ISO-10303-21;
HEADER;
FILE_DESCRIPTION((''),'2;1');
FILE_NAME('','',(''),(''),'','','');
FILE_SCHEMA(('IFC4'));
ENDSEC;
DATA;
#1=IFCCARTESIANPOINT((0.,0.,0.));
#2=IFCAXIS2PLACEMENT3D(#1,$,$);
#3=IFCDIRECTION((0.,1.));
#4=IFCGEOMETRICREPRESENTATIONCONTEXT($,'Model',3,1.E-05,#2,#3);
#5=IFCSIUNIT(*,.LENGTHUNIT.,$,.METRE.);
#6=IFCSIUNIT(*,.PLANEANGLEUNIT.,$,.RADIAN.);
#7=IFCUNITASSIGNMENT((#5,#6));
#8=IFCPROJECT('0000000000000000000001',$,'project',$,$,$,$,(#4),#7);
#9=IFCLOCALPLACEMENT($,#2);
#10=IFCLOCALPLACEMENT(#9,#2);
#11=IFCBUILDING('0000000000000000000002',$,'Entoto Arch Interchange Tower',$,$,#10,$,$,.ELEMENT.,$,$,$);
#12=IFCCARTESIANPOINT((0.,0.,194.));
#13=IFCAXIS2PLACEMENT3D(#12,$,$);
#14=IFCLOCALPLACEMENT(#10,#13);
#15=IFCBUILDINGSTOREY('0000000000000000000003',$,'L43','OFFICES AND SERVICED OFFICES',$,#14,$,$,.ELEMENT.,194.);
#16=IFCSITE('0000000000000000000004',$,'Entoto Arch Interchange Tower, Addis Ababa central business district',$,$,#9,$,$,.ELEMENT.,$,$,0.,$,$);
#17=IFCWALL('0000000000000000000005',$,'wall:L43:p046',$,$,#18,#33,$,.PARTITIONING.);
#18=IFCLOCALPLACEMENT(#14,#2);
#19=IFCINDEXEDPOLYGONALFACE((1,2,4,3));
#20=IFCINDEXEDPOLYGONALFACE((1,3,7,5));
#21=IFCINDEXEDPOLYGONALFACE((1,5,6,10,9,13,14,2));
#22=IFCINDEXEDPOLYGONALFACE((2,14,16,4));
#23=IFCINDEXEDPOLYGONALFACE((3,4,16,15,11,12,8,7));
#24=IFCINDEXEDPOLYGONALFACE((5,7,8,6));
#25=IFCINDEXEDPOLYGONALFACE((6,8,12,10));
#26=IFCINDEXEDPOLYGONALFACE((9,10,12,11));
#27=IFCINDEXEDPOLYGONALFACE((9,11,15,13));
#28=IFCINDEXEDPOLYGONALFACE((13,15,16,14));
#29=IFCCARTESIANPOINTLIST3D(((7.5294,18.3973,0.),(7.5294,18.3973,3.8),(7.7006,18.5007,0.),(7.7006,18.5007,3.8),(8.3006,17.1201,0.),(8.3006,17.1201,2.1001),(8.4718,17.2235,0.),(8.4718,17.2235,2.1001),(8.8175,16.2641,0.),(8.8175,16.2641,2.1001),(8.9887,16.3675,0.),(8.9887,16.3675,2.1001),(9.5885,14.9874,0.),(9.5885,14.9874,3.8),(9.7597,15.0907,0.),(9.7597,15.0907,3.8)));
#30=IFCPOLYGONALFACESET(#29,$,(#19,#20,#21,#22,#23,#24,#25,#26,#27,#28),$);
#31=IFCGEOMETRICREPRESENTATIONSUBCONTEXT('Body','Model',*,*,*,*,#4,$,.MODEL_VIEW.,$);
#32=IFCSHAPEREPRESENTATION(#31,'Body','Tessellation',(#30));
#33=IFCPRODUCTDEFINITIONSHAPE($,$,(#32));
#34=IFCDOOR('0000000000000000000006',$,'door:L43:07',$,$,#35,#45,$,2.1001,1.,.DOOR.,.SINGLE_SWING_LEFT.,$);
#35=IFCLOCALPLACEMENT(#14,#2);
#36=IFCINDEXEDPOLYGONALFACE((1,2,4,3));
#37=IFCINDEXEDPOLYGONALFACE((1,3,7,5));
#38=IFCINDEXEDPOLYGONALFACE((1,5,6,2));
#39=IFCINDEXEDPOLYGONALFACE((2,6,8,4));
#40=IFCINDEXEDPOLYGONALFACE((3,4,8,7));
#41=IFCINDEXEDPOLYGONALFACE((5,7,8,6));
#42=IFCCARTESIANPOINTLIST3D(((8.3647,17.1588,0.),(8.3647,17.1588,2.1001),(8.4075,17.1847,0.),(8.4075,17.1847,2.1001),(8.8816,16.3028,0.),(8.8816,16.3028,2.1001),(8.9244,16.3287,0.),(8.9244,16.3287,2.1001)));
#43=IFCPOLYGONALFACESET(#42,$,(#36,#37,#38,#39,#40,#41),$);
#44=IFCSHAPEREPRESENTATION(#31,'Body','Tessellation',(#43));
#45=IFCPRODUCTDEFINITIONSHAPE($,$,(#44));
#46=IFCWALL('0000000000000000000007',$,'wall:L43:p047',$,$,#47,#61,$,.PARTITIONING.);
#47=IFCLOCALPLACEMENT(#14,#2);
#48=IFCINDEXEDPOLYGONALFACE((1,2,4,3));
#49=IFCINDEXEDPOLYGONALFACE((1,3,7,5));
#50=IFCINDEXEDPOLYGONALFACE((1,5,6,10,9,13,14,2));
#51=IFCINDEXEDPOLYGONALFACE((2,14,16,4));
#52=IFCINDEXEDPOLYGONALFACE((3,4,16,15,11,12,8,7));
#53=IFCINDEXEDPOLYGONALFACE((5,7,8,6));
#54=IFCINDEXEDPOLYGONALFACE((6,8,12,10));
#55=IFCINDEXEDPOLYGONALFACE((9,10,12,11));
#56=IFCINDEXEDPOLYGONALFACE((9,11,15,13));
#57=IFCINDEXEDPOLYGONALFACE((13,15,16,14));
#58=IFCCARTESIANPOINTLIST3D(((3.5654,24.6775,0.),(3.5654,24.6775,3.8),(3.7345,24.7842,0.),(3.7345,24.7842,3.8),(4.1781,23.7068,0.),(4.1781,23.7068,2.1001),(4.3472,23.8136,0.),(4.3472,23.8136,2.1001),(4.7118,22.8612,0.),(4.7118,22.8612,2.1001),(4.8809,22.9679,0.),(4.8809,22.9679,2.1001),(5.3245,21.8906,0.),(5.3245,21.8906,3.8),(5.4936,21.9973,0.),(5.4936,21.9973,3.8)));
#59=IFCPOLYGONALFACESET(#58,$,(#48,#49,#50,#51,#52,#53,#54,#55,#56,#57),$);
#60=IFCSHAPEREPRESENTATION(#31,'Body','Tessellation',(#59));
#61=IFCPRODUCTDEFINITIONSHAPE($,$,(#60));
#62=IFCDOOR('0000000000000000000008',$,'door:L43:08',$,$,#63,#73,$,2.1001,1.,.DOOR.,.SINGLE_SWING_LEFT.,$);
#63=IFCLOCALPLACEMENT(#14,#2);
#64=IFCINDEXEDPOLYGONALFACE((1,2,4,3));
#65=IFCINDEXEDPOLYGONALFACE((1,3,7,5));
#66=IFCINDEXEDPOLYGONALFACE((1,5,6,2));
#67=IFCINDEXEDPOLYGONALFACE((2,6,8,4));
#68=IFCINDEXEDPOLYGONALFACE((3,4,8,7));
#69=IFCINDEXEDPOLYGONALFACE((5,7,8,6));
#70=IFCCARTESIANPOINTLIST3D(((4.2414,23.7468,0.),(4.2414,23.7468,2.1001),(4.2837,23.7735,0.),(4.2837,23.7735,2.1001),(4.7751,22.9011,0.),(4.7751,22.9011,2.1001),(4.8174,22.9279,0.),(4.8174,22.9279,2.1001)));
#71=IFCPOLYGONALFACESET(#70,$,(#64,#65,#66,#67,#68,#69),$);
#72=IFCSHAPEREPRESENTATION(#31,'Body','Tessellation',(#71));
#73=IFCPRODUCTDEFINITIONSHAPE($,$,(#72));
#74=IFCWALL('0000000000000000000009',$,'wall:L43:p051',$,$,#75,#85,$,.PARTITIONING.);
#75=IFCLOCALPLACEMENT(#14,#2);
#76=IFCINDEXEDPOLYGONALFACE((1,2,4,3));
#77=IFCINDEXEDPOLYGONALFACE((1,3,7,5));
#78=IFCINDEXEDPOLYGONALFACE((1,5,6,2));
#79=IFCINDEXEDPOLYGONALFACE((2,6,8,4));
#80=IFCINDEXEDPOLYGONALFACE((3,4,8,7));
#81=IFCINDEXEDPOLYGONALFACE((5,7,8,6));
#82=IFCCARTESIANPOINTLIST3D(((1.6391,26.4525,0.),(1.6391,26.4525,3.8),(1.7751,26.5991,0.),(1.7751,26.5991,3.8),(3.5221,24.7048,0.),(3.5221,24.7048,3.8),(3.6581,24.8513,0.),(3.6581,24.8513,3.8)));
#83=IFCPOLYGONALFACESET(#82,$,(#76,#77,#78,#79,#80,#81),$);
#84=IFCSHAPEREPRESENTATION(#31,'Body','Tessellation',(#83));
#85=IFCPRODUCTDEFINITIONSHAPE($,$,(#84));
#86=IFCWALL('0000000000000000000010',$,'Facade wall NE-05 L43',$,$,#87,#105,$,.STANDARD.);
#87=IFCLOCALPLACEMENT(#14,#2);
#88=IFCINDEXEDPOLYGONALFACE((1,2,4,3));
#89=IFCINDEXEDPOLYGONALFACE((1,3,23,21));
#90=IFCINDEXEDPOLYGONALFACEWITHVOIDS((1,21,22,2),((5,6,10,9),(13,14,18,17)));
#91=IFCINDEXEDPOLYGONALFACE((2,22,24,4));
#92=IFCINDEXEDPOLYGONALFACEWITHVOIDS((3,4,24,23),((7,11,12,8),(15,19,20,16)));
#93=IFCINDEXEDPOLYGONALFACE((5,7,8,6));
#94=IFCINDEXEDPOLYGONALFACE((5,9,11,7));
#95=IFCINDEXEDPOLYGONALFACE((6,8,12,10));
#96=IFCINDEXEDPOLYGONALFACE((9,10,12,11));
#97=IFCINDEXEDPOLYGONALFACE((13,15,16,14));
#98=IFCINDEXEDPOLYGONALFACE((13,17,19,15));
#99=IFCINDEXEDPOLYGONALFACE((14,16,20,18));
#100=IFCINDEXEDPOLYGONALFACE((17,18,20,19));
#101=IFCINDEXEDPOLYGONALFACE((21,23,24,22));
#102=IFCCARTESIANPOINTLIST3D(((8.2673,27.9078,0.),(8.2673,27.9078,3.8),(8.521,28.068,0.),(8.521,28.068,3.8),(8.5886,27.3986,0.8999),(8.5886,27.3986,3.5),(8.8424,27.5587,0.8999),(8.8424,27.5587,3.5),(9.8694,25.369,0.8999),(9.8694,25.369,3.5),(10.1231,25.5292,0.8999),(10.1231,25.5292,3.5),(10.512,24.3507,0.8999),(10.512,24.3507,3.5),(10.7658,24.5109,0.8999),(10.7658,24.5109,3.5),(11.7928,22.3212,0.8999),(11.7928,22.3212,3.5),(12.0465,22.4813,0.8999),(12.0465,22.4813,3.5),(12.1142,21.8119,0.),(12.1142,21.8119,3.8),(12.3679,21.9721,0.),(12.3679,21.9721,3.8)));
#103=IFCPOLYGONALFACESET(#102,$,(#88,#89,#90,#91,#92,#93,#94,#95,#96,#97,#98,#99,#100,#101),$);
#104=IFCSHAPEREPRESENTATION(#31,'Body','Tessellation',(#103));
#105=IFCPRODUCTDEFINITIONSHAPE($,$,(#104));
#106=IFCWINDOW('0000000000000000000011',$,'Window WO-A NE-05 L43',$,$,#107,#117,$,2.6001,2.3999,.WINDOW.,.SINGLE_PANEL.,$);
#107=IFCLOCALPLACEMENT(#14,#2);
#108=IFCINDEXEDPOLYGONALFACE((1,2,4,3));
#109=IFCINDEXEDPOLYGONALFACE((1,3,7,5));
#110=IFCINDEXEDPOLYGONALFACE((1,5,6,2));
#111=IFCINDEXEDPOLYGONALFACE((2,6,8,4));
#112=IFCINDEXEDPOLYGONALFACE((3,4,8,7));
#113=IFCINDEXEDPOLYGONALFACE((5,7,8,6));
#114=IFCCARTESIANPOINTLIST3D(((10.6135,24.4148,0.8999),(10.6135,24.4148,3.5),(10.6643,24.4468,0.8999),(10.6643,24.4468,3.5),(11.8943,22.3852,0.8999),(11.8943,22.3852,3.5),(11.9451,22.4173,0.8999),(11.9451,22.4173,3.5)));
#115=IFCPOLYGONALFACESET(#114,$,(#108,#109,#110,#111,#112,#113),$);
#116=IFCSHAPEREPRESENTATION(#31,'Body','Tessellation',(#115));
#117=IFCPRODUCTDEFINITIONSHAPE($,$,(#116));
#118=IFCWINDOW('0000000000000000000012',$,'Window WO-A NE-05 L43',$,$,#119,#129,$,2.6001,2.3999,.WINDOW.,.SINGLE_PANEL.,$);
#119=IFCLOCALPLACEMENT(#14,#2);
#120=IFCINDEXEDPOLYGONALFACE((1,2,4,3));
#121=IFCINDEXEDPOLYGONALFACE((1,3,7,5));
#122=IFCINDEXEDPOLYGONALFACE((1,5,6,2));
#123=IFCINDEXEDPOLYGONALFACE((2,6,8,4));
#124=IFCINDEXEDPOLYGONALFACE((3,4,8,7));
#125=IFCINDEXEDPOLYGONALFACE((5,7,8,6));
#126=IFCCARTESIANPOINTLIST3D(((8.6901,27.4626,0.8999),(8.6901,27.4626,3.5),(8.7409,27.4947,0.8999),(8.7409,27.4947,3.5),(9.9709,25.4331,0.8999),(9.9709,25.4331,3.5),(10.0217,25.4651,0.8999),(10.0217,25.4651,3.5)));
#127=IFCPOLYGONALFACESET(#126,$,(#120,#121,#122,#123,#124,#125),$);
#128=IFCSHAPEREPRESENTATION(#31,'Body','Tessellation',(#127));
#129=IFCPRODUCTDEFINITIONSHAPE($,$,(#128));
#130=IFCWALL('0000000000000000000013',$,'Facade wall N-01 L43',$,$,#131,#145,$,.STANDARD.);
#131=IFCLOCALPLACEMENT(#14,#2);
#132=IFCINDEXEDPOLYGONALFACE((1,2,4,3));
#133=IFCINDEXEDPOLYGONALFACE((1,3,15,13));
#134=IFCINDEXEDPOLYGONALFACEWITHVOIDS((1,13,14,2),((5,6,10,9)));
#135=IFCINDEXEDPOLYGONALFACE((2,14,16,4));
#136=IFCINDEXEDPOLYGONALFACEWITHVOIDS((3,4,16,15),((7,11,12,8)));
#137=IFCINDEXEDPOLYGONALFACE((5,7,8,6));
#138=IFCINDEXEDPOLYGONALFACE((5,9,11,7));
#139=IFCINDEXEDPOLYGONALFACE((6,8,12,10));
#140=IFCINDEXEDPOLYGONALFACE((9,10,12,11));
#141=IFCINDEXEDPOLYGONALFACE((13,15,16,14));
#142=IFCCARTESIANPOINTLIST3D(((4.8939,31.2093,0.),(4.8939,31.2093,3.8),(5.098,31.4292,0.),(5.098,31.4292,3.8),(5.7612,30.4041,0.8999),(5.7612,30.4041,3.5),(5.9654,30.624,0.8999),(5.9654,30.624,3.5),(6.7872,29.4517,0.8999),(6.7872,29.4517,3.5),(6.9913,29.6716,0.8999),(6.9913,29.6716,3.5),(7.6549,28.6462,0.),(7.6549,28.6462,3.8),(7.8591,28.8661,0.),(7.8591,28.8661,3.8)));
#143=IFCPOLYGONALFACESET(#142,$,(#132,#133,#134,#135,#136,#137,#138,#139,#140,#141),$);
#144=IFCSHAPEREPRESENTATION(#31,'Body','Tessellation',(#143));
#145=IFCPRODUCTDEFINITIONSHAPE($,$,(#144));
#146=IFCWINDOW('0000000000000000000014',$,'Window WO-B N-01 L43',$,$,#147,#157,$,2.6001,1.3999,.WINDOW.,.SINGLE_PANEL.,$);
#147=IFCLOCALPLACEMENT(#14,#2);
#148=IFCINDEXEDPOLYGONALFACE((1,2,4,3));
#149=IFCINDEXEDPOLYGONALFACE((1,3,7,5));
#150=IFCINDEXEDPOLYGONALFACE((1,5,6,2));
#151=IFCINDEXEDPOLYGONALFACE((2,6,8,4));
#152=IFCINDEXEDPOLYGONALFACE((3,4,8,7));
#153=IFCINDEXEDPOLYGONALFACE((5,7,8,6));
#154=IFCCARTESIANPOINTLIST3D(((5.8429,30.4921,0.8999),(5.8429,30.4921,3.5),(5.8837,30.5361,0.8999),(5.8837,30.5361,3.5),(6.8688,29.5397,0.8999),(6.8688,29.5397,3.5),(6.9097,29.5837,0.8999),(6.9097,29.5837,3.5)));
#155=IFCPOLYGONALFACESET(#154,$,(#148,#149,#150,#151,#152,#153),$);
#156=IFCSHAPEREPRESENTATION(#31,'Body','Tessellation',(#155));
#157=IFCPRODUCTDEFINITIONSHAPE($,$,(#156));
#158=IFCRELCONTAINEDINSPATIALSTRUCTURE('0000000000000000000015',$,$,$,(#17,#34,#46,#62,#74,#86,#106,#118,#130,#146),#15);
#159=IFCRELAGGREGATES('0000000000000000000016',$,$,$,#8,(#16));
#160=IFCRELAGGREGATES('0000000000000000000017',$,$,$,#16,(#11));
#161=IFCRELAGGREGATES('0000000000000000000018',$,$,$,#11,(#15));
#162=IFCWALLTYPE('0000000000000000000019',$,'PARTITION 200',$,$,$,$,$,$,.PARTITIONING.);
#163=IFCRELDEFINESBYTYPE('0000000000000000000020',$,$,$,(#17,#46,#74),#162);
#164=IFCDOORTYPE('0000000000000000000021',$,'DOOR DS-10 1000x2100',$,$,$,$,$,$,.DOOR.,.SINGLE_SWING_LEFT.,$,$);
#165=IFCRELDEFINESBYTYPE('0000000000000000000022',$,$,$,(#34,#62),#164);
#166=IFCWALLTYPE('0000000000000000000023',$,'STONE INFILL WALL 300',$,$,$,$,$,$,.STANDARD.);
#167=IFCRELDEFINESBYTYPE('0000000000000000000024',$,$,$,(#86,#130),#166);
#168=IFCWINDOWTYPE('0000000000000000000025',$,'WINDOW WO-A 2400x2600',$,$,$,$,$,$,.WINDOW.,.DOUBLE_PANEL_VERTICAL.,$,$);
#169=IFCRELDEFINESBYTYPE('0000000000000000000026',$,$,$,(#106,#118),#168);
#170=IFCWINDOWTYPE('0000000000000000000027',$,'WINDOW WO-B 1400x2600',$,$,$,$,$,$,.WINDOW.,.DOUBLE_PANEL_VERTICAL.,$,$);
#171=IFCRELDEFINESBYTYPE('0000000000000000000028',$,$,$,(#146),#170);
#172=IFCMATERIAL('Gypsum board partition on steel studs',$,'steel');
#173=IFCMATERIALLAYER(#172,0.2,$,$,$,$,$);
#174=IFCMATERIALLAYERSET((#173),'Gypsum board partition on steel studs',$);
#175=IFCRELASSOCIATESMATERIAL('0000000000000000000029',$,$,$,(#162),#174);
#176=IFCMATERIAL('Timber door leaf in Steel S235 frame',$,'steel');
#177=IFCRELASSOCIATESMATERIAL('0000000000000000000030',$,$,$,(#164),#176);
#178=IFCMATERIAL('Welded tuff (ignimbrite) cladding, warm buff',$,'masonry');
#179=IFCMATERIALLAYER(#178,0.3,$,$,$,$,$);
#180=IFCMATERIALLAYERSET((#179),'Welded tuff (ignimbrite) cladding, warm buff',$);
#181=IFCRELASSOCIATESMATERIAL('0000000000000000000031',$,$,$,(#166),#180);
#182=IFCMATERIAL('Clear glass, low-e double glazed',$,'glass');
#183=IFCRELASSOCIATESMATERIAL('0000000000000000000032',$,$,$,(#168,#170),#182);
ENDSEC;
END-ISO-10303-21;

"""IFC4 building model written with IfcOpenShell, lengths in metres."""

from ifc_helpers import new_model, si_unit, direction, frame, frame_2d, origin, place, context, subcontext, project, spatial, rectangle, extrude, material, layer, layer_set, type_object, element, fill, save


model = new_model("IFC4")

# Units and contexts
model_context = context("Model", 3, precision=1e-05, world=origin(), true_north=direction((0.0, 1.0)))
body_context = subcontext(model_context, "Body", "Model", "MODEL_VIEW")
ifc_project = project(units=[si_unit("LENGTHUNIT", "METRE"), si_unit("PLANEANGLEUNIT", "RADIAN")], contexts=[model_context])

# Site, building, storey
site_placement = place(None, origin())
site = spatial("IfcSite", under=ifc_project, at=site_placement, Name="Entoto Arch Interchange Tower, Addis Ababa central business district", CompositionType="ELEMENT", RefElevation=0.0)
building_placement = place(site_placement, origin())
building = spatial("IfcBuilding", under=site, at=building_placement, Name="Entoto Arch Interchange Tower", CompositionType="ELEMENT")
storey_placement = place(building_placement, frame((0.0, 0.0, 194.0)))
storey = spatial("IfcBuildingStorey", under=building, at=storey_placement, Name="L43", Description="OFFICES AND SERVICED OFFICES", CompositionType="ELEMENT", Elevation=194.0)

# Shared definitions
ifc_material_1 = material(Name="Gypsum board partition on steel studs", Category="steel")
ifc_layer_1 = layer(ifc_material_1, 0.2)
ifc_layer_set_1 = layer_set([ifc_layer_1], Name="Gypsum board partition on steel studs")
wall_type_1 = type_object("IfcWallType", Name="PARTITION 200", PredefinedType="PARTITIONING", material=ifc_layer_set_1)

# Shared definitions
ifc_material_2 = material(Name="Timber door leaf in Steel S235 frame", Category="steel")
door_type = type_object("IfcDoorType", Name="DOOR DS-10 1000x2100", OperationType="SINGLE_SWING_LEFT", PredefinedType="DOOR", material=ifc_material_2)

# Walls, openings, doors
wall_1_placement = place(storey_placement, frame((7.615, 18.449, 0.0), z_axis=(0.0, 0.0, 1.0), x_axis=(0.516918, -0.856035, 0.0)))
wall_1 = element("IfcWall", 1, at=wall_1_placement, inside=storey, type_object=wall_type_1, Name="wall:L43:p046", PredefinedType="PARTITIONING", context=body_context, shape_type="SweptSolid", body=[
    extrude(rectangle(XDim=3.9834, YDim=0.2, at=frame_2d((1.9917, 0.0))), origin(), (0.0, 0.0, 1.0), 3.8),
])
opening_1_placement = place(wall_1_placement, frame((1.4919, 0.0, 0.0)))
opening_1 = element("IfcOpeningElement", 2, at=opening_1_placement, cuts=wall_1, PredefinedType="OPENING", context=body_context, shape_type="SweptSolid", body=[
    extrude(rectangle(XDim=1.0, YDim=2.1001, at=frame_2d((0.5, 1.05))), frame((0.0, 0.1099, 0.0), z_axis=(0.0, -1.0, 0.0), x_axis=(1.0, 0.0, 0.0)), (0.0, 0.0, 1.0), 0.22),
])
door_1_placement = place(opening_1_placement, origin())
door_1 = element("IfcDoor", 3, at=door_1_placement, inside=storey, type_object=door_type, Name="door:L43:07", OperationType="SINGLE_SWING_LEFT", OverallHeight=2.1001, OverallWidth=1.0, PredefinedType="DOOR", context=body_context, shape_type="SweptSolid", body=[
    extrude(rectangle(XDim=1.0, YDim=2.1001, at=frame_2d((0.5, 1.05))), frame((0.0, 0.0249, 0.0), z_axis=(0.0, -1.0, 0.0), x_axis=(1.0, 0.0, 0.0)), (0.0, 0.0, 1.0), 0.05),
])
fill(opening_1, door_1)
wall_2_placement = place(storey_placement, frame((3.6499, 24.731, 0.0), z_axis=(0.0, 0.0, 1.0), x_axis=(0.533756, -0.845638, 0.0)))
wall_2 = element("IfcWall", 4, at=wall_2_placement, inside=storey, type_object=wall_type_1, Name="wall:L43:p047", PredefinedType="PARTITIONING", context=body_context, shape_type="SweptSolid", body=[
    extrude(rectangle(XDim=3.2957, YDim=0.2, at=frame_2d((1.6479, 0.0))), origin(), (0.0, 0.0, 1.0), 3.8),
])
opening_2_placement = place(wall_2_placement, frame((1.1479, 0.0, 0.0)))
opening_2 = element("IfcOpeningElement", 5, at=opening_2_placement, cuts=wall_2, PredefinedType="OPENING", context=body_context, shape_type="SweptSolid", body=[
    extrude(rectangle(XDim=1.0, YDim=2.1001, at=frame_2d((0.5, 1.05))), frame((0.0, 0.1099, 0.0), z_axis=(0.0, -1.0, 0.0), x_axis=(1.0, 0.0, 0.0)), (0.0, 0.0, 1.0), 0.22),
])
door_2_placement = place(opening_2_placement, origin())
door_2 = element("IfcDoor", 6, at=door_2_placement, inside=storey, type_object=door_type, Name="door:L43:08", OperationType="SINGLE_SWING_LEFT", OverallHeight=2.1001, OverallWidth=1.0, PredefinedType="DOOR", context=body_context, shape_type="SweptSolid", body=[
    extrude(rectangle(XDim=1.0, YDim=2.1001, at=frame_2d((0.5, 1.05))), frame((0.0, 0.0249, 0.0), z_axis=(0.0, -1.0, 0.0), x_axis=(1.0, 0.0, 0.0)), (0.0, 0.0, 1.0), 0.05),
])
fill(opening_2, door_2)

# Wall
wall_3_placement = place(storey_placement, frame((1.707, 26.5259, 0.0), z_axis=(0.0, 0.0, 1.0), x_axis=(0.732939, -0.680294, 0.0)))
element("IfcWall", 7, at=wall_3_placement, inside=storey, type_object=wall_type_1, Name="wall:L43:p051", PredefinedType="PARTITIONING", context=body_context, shape_type="SweptSolid", body=[
    extrude(rectangle(XDim=2.5691, YDim=0.2, at=frame_2d((1.2847, 0.0))), origin(), (0.0, 0.0, 1.0), 3.8),
])

# Wall, openings, windows
ifc_material_3 = material(Name="Welded tuff (ignimbrite) cladding, warm buff", Category="masonry")
ifc_layer_2 = layer(ifc_material_3, 0.3)
ifc_layer_set_2 = layer_set([ifc_layer_2], Name="Welded tuff (ignimbrite) cladding, warm buff")
wall_type_2 = type_object("IfcWallType", Name="STONE INFILL WALL 300", PredefinedType="STANDARD", material=ifc_layer_set_2)
wall_4_placement = place(storey_placement, frame((12.241, 21.8921, 0.0), z_axis=(0.0, 0.0, 1.0), x_axis=(-0.533681, 0.845686, 0.0)))
wall_4 = element("IfcWall", 8, at=wall_4_placement, inside=storey, type_object=wall_type_2, Name="Facade wall NE-05 L43", PredefinedType="STANDARD", context=body_context, shape_type="SweptSolid", body=[
    extrude(rectangle(XDim=7.2083, YDim=0.3, at=frame_2d((3.604, 0.0))), origin(), (0.0, 0.0, 1.0), 3.8),
])
opening_3_placement = place(wall_4_placement, frame((0.6021, 0.0, 0.8999)))
opening_3 = element("IfcOpeningElement", 9, at=opening_3_placement, cuts=wall_4, PredefinedType="OPENING", context=body_context, shape_type="SweptSolid", body=[
    extrude(rectangle(XDim=2.3999, YDim=2.6001, at=frame_2d((1.2, 1.3))), frame((0.0, 0.1602, 0.0), z_axis=(0.0, -1.0, 0.0), x_axis=(1.0, 0.0, 0.0)), (0.0, 0.0, 1.0), 0.3201),
])
opening_4_placement = place(wall_4_placement, frame((4.2061, 0.0, 0.8999)))
opening_4 = element("IfcOpeningElement", 10, at=opening_4_placement, cuts=wall_4, PredefinedType="OPENING", context=body_context, shape_type="SweptSolid", body=[
    extrude(rectangle(XDim=2.3999, YDim=2.6001, at=frame_2d((1.2, 1.3))), frame((0.0, 0.1602, 0.0), z_axis=(0.0, -1.0, 0.0), x_axis=(1.0, 0.0, 0.0)), (0.0, 0.0, 1.0), 0.3201),
])
ifc_material_4 = material(Name="Clear glass, low-e double glazed", Category="glass")
window_type_1 = type_object("IfcWindowType", Name="WINDOW WO-A 2400x2600", PartitioningType="DOUBLE_PANEL_VERTICAL", PredefinedType="WINDOW", material=ifc_material_4)
window_1_placement = place(opening_3_placement, origin())
window_1 = element("IfcWindow", 11, at=window_1_placement, inside=storey, type_object=window_type_1, Name="Window WO-A NE-05 L43", OverallHeight=2.6001, OverallWidth=2.3999, PartitioningType="SINGLE_PANEL", PredefinedType="WINDOW", context=body_context, shape_type="SweptSolid", body=[
    extrude(rectangle(XDim=2.3999, YDim=2.6001, at=frame_2d((1.2, 1.3))), frame((0.0, 0.03, 0.0), z_axis=(0.0, -1.0, 0.0), x_axis=(1.0, 0.0, 0.0)), (0.0, 0.0, 1.0), 0.0601),
])
fill(opening_3, window_1)
window_2_placement = place(opening_4_placement, origin())
window_2 = element("IfcWindow", 12, at=window_2_placement, inside=storey, type_object=window_type_1, Name="Window WO-A NE-05 L43", OverallHeight=2.6001, OverallWidth=2.3999, PartitioningType="SINGLE_PANEL", PredefinedType="WINDOW", context=body_context, shape_type="SweptSolid", body=[
    extrude(rectangle(XDim=2.3999, YDim=2.6001, at=frame_2d((1.2, 1.3))), frame((0.0, 0.03, 0.0), z_axis=(0.0, -1.0, 0.0), x_axis=(1.0, 0.0, 0.0)), (0.0, 0.0, 1.0), 0.0601),
])
fill(opening_4, window_2)

# Wall, opening, window
wall_5_placement = place(storey_placement, frame((7.7571, 28.7561, 0.0), z_axis=(0.0, 0.0, 1.0), x_axis=(-0.732897, 0.680339, 0.0)))
wall_5 = element("IfcWall", 13, at=wall_5_placement, inside=storey, type_object=wall_type_2, Name="Facade wall N-01 L43", PredefinedType="STANDARD", context=body_context, shape_type="SweptSolid", body=[
    extrude(rectangle(XDim=3.7673, YDim=0.3, at=frame_2d((1.8838, 0.0))), origin(), (0.0, 0.0, 1.0), 3.8),
])
opening_5_placement = place(wall_5_placement, frame((1.1841, 0.0, 0.8999)))
opening_5 = element("IfcOpeningElement", 14, at=opening_5_placement, cuts=wall_5, PredefinedType="OPENING", context=body_context, shape_type="SweptSolid", body=[
    extrude(rectangle(XDim=1.3999, YDim=2.6001, at=frame_2d((0.7, 1.3))), frame((0.0, 0.1602, 0.0), z_axis=(0.0, -1.0, 0.0), x_axis=(1.0, 0.0, 0.0)), (0.0, 0.0, 1.0), 0.3201),
])
window_type_2 = type_object("IfcWindowType", Name="WINDOW WO-B 1400x2600", PartitioningType="DOUBLE_PANEL_VERTICAL", PredefinedType="WINDOW", material=ifc_material_4)
window_3_placement = place(opening_5_placement, origin())
window_3 = element("IfcWindow", 15, at=window_3_placement, inside=storey, type_object=window_type_2, Name="Window WO-B N-01 L43", OverallHeight=2.6001, OverallWidth=1.3999, PartitioningType="SINGLE_PANEL", PredefinedType="WINDOW", context=body_context, shape_type="SweptSolid", body=[
    extrude(rectangle(XDim=1.3999, YDim=2.6001, at=frame_2d((0.7, 1.3))), frame((0.0, 0.03, 0.0), z_axis=(0.0, -1.0, 0.0), x_axis=(1.0, 0.0, 0.0)), (0.0, 0.0, 1.0), 0.0601),
])
fill(opening_5, window_3)

save(model, "model.ifc")
